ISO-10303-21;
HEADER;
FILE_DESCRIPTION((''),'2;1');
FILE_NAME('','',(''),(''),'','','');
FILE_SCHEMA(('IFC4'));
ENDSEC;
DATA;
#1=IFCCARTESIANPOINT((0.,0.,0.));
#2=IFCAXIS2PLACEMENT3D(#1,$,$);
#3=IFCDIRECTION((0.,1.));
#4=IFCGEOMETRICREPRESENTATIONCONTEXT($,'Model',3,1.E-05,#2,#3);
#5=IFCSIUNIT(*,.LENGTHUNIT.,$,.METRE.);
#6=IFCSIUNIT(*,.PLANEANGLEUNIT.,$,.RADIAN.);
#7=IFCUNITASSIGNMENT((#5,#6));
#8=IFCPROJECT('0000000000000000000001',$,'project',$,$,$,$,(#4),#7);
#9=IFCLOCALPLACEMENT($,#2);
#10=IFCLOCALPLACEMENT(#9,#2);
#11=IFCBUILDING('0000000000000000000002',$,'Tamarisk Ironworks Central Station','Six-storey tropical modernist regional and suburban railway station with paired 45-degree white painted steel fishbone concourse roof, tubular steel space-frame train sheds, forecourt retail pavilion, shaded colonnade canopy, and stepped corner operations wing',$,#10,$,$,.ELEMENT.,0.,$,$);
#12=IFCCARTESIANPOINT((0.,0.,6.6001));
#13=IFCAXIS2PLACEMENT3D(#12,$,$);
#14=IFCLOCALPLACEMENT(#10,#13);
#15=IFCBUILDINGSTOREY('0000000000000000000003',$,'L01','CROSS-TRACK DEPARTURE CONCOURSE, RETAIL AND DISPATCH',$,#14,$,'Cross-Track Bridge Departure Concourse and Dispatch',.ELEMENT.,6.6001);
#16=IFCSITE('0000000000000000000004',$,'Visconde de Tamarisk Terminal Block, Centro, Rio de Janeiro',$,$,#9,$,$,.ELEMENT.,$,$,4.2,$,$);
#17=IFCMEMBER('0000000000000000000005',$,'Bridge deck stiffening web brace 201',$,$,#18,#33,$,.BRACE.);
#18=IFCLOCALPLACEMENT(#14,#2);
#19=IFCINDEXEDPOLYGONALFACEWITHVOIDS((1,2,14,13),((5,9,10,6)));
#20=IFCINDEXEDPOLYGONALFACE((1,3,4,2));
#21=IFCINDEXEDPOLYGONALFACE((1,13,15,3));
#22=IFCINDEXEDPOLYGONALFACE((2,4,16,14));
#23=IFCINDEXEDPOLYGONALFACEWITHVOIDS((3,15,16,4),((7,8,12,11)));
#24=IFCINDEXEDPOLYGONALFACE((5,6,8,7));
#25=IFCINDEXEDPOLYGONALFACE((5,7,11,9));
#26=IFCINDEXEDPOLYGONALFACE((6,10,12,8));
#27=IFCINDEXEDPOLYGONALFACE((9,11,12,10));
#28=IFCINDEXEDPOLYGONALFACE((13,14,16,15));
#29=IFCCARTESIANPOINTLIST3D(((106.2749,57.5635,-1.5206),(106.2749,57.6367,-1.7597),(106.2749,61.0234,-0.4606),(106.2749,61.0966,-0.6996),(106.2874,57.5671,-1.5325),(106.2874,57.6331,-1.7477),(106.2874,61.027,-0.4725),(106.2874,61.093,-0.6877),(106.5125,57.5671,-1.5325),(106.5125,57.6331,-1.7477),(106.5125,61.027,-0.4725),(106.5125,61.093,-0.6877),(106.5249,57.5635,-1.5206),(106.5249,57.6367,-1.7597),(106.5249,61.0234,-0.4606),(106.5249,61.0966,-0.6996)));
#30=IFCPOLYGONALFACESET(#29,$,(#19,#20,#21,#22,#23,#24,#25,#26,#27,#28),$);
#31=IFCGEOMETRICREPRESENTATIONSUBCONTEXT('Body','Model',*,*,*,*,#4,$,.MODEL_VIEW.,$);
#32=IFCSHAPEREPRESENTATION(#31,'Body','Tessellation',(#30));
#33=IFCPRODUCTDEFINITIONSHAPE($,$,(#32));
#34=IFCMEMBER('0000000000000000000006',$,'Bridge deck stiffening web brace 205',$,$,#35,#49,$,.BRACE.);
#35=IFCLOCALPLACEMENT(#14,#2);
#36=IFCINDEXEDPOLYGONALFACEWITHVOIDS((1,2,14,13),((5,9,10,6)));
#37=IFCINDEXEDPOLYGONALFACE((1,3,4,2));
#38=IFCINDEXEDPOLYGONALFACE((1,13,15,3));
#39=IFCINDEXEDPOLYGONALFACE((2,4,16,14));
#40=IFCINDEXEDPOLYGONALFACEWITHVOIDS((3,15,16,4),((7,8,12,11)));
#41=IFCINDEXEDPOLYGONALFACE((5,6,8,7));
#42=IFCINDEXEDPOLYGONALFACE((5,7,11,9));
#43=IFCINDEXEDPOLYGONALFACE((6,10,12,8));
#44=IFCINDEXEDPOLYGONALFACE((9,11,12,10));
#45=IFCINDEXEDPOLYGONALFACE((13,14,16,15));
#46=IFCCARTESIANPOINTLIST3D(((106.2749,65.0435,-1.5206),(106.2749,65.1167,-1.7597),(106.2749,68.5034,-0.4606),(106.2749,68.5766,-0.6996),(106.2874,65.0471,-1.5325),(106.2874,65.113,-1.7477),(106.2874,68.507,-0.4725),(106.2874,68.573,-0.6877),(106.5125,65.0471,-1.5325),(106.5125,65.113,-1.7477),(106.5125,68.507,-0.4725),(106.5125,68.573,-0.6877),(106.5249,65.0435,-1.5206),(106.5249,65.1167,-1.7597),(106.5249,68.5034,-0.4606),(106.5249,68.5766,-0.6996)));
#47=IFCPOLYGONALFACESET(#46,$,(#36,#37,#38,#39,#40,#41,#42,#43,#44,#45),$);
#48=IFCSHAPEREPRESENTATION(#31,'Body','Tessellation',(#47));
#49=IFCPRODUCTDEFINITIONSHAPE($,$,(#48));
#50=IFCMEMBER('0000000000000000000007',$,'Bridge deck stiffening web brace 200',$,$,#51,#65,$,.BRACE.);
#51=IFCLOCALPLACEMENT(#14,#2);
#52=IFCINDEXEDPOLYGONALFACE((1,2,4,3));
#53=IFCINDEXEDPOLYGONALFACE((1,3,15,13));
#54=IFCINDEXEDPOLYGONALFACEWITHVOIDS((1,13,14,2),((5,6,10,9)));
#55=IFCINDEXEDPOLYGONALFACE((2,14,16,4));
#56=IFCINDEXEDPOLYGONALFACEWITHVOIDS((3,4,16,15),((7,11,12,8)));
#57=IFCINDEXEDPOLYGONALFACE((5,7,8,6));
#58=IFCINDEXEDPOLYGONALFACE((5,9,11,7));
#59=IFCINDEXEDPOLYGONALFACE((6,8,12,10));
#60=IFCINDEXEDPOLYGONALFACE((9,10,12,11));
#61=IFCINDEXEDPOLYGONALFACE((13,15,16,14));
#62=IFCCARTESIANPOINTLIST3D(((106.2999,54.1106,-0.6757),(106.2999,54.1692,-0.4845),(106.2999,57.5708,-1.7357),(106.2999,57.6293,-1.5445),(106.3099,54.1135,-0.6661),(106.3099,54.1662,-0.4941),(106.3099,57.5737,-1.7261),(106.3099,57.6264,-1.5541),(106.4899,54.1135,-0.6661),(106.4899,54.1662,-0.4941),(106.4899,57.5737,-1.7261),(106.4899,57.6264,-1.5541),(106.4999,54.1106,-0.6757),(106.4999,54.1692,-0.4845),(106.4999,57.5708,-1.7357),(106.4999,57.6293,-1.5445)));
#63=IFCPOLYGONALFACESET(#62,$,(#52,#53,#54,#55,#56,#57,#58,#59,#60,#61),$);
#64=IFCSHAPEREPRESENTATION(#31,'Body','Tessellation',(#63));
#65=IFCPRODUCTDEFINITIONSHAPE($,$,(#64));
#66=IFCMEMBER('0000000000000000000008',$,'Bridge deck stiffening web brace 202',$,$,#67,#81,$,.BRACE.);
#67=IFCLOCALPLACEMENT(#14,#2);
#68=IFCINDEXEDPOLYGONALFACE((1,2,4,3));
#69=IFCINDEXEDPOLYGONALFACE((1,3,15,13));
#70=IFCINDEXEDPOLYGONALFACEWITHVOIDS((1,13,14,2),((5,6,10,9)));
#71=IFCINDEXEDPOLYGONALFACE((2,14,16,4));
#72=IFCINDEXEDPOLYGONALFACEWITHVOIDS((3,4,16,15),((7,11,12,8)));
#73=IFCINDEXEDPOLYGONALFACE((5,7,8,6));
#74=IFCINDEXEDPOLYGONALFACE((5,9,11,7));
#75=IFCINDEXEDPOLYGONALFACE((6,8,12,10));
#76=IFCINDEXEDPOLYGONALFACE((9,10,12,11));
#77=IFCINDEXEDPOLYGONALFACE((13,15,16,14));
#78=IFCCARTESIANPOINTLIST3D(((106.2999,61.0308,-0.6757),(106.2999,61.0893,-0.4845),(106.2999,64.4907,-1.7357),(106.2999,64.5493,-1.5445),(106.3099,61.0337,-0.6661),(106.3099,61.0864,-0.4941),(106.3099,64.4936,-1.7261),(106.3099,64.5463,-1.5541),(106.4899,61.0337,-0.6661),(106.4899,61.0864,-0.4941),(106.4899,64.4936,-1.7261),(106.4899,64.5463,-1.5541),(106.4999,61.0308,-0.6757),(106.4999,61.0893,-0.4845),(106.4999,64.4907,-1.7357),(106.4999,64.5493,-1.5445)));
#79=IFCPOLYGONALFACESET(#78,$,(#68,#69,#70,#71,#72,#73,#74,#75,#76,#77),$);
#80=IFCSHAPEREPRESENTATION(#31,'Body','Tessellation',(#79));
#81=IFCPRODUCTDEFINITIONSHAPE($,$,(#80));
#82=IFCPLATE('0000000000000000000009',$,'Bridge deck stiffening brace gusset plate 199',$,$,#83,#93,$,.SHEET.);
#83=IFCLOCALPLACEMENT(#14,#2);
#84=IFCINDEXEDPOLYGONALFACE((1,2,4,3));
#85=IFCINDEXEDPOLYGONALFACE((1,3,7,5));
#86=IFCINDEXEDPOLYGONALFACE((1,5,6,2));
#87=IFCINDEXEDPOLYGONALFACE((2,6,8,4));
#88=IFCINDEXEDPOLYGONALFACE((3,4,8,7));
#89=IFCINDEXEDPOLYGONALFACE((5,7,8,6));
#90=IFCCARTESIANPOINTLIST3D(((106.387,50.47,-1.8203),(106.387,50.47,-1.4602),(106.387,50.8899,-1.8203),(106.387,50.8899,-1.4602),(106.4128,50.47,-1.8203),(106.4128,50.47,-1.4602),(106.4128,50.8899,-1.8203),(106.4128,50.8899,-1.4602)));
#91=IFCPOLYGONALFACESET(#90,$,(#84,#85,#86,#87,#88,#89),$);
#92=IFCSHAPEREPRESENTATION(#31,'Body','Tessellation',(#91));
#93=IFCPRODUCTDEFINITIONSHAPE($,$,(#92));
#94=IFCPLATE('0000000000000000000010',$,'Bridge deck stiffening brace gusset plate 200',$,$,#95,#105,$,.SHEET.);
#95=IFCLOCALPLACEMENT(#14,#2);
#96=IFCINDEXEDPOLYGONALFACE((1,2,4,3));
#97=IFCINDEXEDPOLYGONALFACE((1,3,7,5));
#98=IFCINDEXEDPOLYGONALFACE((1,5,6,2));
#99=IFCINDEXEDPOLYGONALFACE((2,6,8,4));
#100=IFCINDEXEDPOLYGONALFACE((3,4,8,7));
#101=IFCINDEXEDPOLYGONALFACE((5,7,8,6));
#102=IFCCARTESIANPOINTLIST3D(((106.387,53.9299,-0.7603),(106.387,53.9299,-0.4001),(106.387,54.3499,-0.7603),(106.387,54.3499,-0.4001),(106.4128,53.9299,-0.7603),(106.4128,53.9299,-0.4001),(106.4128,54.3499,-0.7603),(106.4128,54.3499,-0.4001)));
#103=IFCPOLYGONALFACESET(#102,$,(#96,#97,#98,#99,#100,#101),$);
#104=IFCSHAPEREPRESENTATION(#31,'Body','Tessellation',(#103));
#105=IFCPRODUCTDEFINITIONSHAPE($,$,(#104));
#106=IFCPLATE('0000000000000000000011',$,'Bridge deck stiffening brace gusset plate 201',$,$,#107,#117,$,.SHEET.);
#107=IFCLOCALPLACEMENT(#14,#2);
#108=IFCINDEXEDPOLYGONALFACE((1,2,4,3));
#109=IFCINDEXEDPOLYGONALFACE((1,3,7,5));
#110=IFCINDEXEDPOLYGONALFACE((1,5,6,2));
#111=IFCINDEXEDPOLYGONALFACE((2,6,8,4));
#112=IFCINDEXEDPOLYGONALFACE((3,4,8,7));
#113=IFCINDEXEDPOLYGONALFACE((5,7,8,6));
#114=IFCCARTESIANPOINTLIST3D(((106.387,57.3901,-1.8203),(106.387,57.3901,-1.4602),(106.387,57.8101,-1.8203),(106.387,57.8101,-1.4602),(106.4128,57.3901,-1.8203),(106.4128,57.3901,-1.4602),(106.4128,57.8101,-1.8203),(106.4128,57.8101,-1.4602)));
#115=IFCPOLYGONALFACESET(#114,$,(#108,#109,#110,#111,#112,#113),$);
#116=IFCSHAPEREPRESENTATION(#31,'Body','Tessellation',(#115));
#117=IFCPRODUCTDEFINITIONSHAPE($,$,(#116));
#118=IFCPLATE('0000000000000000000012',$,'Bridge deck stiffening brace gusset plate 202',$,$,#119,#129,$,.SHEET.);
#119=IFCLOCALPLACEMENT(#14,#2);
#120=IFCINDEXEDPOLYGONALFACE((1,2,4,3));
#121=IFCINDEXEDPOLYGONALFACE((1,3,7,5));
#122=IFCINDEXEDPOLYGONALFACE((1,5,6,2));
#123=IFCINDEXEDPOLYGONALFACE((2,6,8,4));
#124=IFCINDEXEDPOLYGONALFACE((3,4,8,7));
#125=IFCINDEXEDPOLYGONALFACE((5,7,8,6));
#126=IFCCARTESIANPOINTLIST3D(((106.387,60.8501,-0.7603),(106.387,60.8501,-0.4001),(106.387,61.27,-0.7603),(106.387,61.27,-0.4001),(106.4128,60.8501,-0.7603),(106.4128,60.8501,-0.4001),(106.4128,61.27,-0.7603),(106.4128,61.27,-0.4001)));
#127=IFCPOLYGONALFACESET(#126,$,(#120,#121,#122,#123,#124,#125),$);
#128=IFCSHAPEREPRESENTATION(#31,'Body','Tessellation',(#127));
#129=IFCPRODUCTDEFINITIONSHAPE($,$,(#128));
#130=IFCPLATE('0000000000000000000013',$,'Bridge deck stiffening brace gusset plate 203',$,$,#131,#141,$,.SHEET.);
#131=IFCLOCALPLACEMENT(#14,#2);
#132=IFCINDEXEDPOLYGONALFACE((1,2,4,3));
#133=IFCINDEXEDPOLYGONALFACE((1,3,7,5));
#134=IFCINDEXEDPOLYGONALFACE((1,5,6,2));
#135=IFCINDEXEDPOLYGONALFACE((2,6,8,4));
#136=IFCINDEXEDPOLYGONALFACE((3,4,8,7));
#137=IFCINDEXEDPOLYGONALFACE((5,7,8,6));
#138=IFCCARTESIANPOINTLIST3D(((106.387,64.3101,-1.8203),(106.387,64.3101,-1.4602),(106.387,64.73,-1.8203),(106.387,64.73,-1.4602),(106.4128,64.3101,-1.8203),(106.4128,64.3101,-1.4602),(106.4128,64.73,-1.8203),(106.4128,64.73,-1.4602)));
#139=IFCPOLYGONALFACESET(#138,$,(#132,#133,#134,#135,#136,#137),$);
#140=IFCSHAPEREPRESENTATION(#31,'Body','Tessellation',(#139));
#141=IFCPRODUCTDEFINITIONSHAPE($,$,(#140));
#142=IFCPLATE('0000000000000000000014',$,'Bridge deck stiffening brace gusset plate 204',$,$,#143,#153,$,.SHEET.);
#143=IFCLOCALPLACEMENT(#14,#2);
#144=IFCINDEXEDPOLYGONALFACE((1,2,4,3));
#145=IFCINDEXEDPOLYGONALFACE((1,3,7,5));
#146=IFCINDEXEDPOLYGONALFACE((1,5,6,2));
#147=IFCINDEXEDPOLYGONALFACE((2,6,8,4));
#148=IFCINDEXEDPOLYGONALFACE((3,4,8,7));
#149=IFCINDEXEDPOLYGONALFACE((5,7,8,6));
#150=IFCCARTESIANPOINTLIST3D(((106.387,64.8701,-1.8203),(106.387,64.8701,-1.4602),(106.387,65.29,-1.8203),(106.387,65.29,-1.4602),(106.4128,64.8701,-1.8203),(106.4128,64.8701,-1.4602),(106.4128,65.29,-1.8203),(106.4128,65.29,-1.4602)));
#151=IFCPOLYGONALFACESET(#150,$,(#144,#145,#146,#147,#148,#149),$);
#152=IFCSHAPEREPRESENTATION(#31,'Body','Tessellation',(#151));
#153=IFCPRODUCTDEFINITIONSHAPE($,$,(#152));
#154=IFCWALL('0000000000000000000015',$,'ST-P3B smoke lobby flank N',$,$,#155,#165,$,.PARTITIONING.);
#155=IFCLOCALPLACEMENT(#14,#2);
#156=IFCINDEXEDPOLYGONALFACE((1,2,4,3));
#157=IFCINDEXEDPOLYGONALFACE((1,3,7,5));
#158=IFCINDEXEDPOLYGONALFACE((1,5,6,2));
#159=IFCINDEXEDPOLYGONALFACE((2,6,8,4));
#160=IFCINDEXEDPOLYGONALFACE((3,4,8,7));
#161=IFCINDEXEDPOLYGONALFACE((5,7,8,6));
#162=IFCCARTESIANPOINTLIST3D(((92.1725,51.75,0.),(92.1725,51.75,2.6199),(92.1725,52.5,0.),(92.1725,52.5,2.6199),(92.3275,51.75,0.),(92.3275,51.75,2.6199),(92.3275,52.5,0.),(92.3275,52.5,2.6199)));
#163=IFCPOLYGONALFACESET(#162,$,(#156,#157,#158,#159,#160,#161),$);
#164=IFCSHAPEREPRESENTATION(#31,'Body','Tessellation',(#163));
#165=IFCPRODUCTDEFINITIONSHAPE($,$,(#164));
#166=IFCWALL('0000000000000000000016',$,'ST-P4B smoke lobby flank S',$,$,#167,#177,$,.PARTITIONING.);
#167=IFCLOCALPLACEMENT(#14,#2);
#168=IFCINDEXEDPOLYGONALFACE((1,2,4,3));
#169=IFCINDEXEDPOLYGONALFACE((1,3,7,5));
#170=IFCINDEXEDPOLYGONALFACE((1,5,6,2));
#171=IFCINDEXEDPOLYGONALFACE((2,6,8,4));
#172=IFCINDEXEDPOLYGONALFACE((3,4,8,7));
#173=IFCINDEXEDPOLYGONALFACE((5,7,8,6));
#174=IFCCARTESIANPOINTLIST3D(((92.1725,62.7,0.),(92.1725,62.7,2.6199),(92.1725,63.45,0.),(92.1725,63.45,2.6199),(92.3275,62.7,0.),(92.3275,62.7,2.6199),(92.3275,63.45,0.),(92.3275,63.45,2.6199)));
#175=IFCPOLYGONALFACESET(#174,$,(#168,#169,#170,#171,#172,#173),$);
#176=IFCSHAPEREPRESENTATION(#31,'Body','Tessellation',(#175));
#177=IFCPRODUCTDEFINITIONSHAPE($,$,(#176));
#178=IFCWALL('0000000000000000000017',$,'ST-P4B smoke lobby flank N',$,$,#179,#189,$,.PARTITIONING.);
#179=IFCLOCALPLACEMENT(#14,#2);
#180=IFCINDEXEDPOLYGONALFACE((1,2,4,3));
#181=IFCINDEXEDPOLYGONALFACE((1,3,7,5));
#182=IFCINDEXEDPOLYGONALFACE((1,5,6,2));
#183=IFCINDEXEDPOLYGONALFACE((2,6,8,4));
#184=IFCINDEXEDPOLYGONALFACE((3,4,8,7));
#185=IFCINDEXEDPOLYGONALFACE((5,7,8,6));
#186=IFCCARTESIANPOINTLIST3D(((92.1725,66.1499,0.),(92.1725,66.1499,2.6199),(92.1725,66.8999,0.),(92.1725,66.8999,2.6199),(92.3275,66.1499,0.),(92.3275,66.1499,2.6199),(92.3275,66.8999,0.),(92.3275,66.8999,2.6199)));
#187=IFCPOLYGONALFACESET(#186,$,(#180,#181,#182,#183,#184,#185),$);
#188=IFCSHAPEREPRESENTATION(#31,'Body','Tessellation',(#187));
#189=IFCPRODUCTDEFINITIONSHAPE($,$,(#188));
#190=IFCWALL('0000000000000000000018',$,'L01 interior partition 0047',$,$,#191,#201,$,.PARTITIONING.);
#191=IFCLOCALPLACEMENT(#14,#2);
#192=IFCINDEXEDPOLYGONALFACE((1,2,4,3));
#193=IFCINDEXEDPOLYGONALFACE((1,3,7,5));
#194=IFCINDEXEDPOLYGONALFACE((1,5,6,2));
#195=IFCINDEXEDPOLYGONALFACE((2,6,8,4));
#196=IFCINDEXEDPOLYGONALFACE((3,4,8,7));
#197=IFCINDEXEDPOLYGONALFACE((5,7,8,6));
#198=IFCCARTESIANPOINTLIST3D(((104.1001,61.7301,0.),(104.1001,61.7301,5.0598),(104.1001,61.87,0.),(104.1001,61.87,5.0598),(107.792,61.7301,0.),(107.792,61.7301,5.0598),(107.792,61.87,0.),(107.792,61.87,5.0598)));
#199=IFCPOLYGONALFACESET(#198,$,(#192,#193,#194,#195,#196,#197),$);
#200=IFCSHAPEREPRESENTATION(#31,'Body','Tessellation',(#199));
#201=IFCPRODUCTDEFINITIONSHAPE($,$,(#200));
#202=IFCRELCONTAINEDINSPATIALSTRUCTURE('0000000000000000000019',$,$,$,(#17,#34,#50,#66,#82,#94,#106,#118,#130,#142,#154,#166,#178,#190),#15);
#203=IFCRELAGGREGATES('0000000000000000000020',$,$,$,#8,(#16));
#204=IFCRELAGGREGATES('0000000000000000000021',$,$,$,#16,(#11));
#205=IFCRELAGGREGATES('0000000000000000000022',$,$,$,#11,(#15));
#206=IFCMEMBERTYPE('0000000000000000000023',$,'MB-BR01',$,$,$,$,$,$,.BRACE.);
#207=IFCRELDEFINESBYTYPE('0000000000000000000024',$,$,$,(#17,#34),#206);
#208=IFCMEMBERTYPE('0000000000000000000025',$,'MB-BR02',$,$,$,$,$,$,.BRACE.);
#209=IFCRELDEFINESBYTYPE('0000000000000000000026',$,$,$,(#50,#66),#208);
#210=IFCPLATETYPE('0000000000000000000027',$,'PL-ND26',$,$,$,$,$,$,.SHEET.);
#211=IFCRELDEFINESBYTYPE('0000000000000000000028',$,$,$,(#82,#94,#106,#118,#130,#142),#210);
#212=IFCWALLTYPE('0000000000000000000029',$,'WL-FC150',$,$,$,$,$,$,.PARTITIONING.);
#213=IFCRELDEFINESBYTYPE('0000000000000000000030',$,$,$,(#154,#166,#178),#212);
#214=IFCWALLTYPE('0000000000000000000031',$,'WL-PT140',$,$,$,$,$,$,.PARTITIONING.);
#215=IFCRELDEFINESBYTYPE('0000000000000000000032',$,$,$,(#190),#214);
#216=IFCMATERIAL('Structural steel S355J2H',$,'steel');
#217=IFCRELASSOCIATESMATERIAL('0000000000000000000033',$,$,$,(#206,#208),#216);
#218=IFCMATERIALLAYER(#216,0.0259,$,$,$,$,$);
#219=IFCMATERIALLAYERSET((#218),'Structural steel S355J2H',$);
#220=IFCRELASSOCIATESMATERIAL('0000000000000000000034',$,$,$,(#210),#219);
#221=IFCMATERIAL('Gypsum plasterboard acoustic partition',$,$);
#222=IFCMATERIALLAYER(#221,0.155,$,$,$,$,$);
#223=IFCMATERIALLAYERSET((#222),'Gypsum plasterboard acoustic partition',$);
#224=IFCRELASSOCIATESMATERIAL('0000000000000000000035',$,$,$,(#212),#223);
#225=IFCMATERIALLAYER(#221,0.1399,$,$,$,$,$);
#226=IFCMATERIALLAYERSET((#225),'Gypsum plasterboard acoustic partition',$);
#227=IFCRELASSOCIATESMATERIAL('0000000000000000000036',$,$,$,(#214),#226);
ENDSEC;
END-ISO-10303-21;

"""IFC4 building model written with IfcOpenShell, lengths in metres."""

from ifc_helpers import new_model, si_unit, direction, frame, frame_2d, origin, origin_2d, place, context, subcontext, project, spatial, rectangle, hollow_rectangle, extrude, material, layer, layer_set, material_profile, profile_set, type_object, element, save


model = new_model("IFC4")

# Units and contexts
model_context = context("Model", 3, precision=1e-05, world=origin(), true_north=direction((0.0, 1.0)))
body_context = subcontext(model_context, "Body", "Model", "MODEL_VIEW")
ifc_project = project(units=[si_unit("LENGTHUNIT", "METRE"), si_unit("PLANEANGLEUNIT", "RADIAN")], contexts=[model_context])

# Site, building, storey
site_placement = place(None, origin())
site = spatial("IfcSite", under=ifc_project, at=site_placement, Name="Visconde de Tamarisk Terminal Block, Centro, Rio de Janeiro", CompositionType="ELEMENT", RefElevation=4.2)
building_placement = place(site_placement, origin())
building = spatial("IfcBuilding", under=site, at=building_placement, Name="Tamarisk Ironworks Central Station", Description="Six-storey tropical modernist regional and suburban railway station with paired 45-degree white painted steel fishbone concourse roof, tubular steel space-frame train sheds, forecourt retail pavilion, shaded colonnade canopy, and stepped corner operations wing", CompositionType="ELEMENT", ElevationOfRefHeight=0.0)
storey_placement = place(building_placement, frame((0.0, 0.0, 6.6001)))
storey = spatial("IfcBuildingStorey", under=building, at=storey_placement, Name="L01", Description="CROSS-TRACK DEPARTURE CONCOURSE, RETAIL AND DISPATCH", LongName="Cross-Track Bridge Departure Concourse and Dispatch", CompositionType="ELEMENT", Elevation=6.6001)

# Members
ifc_material_1 = material(Name="Structural steel S355J2H", Category="steel")
ifc_material_profile_1 = material_profile(ifc_material_1, hollow_rectangle(XDim=0.25, YDim=0.25, WallThickness=0.0125, at=origin_2d()), Name="SHS 250x250x12.5")
ifc_profile_set_1 = profile_set([ifc_material_profile_1], Name="Structural steel S355J2H")
member_type_1 = type_object("IfcMemberType", Name="MB-BR01", PredefinedType="BRACE", material=ifc_profile_set_1)
for number, where, z_axis, x_axis, name in (
    (1, (106.3999, 57.6001, -1.6401), (0.0, 0.956131, 0.292938), (-1.0, 0.0, 0.0), "Bridge deck stiffening web brace 201"),
    (2, (106.3999, 65.0801, -1.6401), (0.0, 0.956131, 0.292938), (-1.0, 0.0, 0.0), "Bridge deck stiffening web brace 205"),
):
    element("IfcMember", number, at=place(storey_placement, frame(where, z_axis=z_axis, x_axis=x_axis)), inside=storey, type_object=member_type_1, Name=name, PredefinedType="BRACE", context=body_context, shape_type="SweptSolid", body=[
        extrude(hollow_rectangle(XDim=0.25, YDim=0.25, WallThickness=0.0125, at=origin_2d()), origin(), (0.0, 0.0, 1.0), 3.6187),
    ])
ifc_material_profile_2 = material_profile(ifc_material_1, hollow_rectangle(XDim=0.2, YDim=0.2, WallThickness=0.01, at=origin_2d()), Name="SHS 200x200x10")
ifc_profile_set_2 = profile_set([ifc_material_profile_2], Name="Structural steel S355J2H")
member_type_2 = type_object("IfcMemberType", Name="MB-BR02", PredefinedType="BRACE", material=ifc_profile_set_2)
member_1_placement = place(storey_placement, frame((106.3999, 54.1399, -0.5801), z_axis=(0.0, 0.956137, -0.292919), x_axis=(-1.0, 0.0, 0.0)))
element("IfcMember", 3, at=member_1_placement, inside=storey, type_object=member_type_2, Name="Bridge deck stiffening web brace 200", PredefinedType="BRACE", context=body_context, shape_type="SweptSolid", body=[
    extrude(hollow_rectangle(XDim=0.2, YDim=0.2, WallThickness=0.01, at=origin_2d()), origin(), (0.0, 0.0, 1.0), 3.6189),
])
member_2_placement = place(storey_placement, frame((106.3999, 61.0601, -0.5801), z_axis=(0.0, 0.956131, -0.292938), x_axis=(-1.0, 0.0, 0.0)))
element("IfcMember", 4, at=member_2_placement, inside=storey, type_object=member_type_2, Name="Bridge deck stiffening web brace 202", PredefinedType="BRACE", context=body_context, shape_type="SweptSolid", body=[
    extrude(hollow_rectangle(XDim=0.2, YDim=0.2, WallThickness=0.01, at=origin_2d()), origin(), (0.0, 0.0, 1.0), 3.6187),
])

# Plates
ifc_layer_1 = layer(ifc_material_1, 0.0259)
ifc_layer_set_1 = layer_set([ifc_layer_1], Name="Structural steel S355J2H")
plate_type = type_object("IfcPlateType", Name="PL-ND26", PredefinedType="SHEET", material=ifc_layer_set_1)
for number, where, z_axis, x_axis, name in (
    (5, (106.3999, 50.6799, -1.8203), (0.0, 0.0, 1.0), (1.0, 0.0, 0.0), "Bridge deck stiffening brace gusset plate 199"),
    (6, (106.3999, 54.1399, -0.7603), (0.0, 0.0, 1.0), (1.0, 0.0, 0.0), "Bridge deck stiffening brace gusset plate 200"),
    (7, (106.3999, 57.6001, -1.8203), (0.0, 0.0, 1.0), (1.0, 0.0, 0.0), "Bridge deck stiffening brace gusset plate 201"),
    (8, (106.3999, 61.0601, -0.7603), (0.0, 0.0, 1.0), (1.0, 0.0, 0.0), "Bridge deck stiffening brace gusset plate 202"),
    (9, (106.3999, 64.52, -1.8203), (0.0, 0.0, 1.0), (1.0, 0.0, 0.0), "Bridge deck stiffening brace gusset plate 203"),
    (10, (106.3999, 65.0801, -1.8203), (0.0, 0.0, 1.0), (1.0, 0.0, 0.0), "Bridge deck stiffening brace gusset plate 204"),
):
    element("IfcPlate", number, at=place(storey_placement, frame(where, z_axis=z_axis, x_axis=x_axis)), inside=storey, type_object=plate_type, Name=name, PredefinedType="SHEET", context=body_context, shape_type="SweptSolid", body=[
        extrude(rectangle(XDim=0.0259, YDim=0.4199, at=origin_2d()), origin(), (0.0, 0.0, 1.0), 0.3601),
    ])

# Walls
ifc_material_2 = material(Name="Gypsum plasterboard acoustic partition")
ifc_layer_2 = layer(ifc_material_2, 0.155)
ifc_layer_set_2 = layer_set([ifc_layer_2], Name="Gypsum plasterboard acoustic partition")
wall_type_1 = type_object("IfcWallType", Name="WL-FC150", PredefinedType="PARTITIONING", material=ifc_layer_set_2)
for number, where, z_axis, x_axis, name in (
    (11, (92.25, 51.75, 0.0), (0.0, 0.0, 1.0), (0.0, 1.0, 0.0), "ST-P3B smoke lobby flank N"),
    (12, (92.25, 62.7, 0.0), (0.0, 0.0, 1.0), (0.0, 1.0, 0.0), "ST-P4B smoke lobby flank S"),
    (13, (92.25, 66.1499, 0.0), (0.0, 0.0, 1.0), (0.0, 1.0, 0.0), "ST-P4B smoke lobby flank N"),
):
    element("IfcWall", number, at=place(storey_placement, frame(where, z_axis=z_axis, x_axis=x_axis)), inside=storey, type_object=wall_type_1, Name=name, PredefinedType="PARTITIONING", context=body_context, shape_type="SweptSolid", body=[
        extrude(rectangle(XDim=0.75, YDim=0.155, at=frame_2d((0.375, 0.0))), origin(), (0.0, 0.0, 1.0), 2.6199),
    ])
ifc_layer_3 = layer(ifc_material_2, 0.1399)
ifc_layer_set_3 = layer_set([ifc_layer_3], Name="Gypsum plasterboard acoustic partition")
wall_type_2 = type_object("IfcWallType", Name="WL-PT140", PredefinedType="PARTITIONING", material=ifc_layer_set_3)
wall_placement = place(storey_placement, frame((104.1001, 61.8, 0.0), z_axis=(0.0, 0.0, 1.0), x_axis=(1.0, 0.0, 0.0)))
element("IfcWall", 14, at=wall_placement, inside=storey, type_object=wall_type_2, Name="L01 interior partition 0047", PredefinedType="PARTITIONING", context=body_context, shape_type="SweptSolid", body=[
    extrude(rectangle(XDim=3.6919, YDim=0.1399, at=frame_2d((1.8459, 0.0))), origin(), (0.0, 0.0, 1.0), 5.0598),
])

save(model, "model.ifc")
